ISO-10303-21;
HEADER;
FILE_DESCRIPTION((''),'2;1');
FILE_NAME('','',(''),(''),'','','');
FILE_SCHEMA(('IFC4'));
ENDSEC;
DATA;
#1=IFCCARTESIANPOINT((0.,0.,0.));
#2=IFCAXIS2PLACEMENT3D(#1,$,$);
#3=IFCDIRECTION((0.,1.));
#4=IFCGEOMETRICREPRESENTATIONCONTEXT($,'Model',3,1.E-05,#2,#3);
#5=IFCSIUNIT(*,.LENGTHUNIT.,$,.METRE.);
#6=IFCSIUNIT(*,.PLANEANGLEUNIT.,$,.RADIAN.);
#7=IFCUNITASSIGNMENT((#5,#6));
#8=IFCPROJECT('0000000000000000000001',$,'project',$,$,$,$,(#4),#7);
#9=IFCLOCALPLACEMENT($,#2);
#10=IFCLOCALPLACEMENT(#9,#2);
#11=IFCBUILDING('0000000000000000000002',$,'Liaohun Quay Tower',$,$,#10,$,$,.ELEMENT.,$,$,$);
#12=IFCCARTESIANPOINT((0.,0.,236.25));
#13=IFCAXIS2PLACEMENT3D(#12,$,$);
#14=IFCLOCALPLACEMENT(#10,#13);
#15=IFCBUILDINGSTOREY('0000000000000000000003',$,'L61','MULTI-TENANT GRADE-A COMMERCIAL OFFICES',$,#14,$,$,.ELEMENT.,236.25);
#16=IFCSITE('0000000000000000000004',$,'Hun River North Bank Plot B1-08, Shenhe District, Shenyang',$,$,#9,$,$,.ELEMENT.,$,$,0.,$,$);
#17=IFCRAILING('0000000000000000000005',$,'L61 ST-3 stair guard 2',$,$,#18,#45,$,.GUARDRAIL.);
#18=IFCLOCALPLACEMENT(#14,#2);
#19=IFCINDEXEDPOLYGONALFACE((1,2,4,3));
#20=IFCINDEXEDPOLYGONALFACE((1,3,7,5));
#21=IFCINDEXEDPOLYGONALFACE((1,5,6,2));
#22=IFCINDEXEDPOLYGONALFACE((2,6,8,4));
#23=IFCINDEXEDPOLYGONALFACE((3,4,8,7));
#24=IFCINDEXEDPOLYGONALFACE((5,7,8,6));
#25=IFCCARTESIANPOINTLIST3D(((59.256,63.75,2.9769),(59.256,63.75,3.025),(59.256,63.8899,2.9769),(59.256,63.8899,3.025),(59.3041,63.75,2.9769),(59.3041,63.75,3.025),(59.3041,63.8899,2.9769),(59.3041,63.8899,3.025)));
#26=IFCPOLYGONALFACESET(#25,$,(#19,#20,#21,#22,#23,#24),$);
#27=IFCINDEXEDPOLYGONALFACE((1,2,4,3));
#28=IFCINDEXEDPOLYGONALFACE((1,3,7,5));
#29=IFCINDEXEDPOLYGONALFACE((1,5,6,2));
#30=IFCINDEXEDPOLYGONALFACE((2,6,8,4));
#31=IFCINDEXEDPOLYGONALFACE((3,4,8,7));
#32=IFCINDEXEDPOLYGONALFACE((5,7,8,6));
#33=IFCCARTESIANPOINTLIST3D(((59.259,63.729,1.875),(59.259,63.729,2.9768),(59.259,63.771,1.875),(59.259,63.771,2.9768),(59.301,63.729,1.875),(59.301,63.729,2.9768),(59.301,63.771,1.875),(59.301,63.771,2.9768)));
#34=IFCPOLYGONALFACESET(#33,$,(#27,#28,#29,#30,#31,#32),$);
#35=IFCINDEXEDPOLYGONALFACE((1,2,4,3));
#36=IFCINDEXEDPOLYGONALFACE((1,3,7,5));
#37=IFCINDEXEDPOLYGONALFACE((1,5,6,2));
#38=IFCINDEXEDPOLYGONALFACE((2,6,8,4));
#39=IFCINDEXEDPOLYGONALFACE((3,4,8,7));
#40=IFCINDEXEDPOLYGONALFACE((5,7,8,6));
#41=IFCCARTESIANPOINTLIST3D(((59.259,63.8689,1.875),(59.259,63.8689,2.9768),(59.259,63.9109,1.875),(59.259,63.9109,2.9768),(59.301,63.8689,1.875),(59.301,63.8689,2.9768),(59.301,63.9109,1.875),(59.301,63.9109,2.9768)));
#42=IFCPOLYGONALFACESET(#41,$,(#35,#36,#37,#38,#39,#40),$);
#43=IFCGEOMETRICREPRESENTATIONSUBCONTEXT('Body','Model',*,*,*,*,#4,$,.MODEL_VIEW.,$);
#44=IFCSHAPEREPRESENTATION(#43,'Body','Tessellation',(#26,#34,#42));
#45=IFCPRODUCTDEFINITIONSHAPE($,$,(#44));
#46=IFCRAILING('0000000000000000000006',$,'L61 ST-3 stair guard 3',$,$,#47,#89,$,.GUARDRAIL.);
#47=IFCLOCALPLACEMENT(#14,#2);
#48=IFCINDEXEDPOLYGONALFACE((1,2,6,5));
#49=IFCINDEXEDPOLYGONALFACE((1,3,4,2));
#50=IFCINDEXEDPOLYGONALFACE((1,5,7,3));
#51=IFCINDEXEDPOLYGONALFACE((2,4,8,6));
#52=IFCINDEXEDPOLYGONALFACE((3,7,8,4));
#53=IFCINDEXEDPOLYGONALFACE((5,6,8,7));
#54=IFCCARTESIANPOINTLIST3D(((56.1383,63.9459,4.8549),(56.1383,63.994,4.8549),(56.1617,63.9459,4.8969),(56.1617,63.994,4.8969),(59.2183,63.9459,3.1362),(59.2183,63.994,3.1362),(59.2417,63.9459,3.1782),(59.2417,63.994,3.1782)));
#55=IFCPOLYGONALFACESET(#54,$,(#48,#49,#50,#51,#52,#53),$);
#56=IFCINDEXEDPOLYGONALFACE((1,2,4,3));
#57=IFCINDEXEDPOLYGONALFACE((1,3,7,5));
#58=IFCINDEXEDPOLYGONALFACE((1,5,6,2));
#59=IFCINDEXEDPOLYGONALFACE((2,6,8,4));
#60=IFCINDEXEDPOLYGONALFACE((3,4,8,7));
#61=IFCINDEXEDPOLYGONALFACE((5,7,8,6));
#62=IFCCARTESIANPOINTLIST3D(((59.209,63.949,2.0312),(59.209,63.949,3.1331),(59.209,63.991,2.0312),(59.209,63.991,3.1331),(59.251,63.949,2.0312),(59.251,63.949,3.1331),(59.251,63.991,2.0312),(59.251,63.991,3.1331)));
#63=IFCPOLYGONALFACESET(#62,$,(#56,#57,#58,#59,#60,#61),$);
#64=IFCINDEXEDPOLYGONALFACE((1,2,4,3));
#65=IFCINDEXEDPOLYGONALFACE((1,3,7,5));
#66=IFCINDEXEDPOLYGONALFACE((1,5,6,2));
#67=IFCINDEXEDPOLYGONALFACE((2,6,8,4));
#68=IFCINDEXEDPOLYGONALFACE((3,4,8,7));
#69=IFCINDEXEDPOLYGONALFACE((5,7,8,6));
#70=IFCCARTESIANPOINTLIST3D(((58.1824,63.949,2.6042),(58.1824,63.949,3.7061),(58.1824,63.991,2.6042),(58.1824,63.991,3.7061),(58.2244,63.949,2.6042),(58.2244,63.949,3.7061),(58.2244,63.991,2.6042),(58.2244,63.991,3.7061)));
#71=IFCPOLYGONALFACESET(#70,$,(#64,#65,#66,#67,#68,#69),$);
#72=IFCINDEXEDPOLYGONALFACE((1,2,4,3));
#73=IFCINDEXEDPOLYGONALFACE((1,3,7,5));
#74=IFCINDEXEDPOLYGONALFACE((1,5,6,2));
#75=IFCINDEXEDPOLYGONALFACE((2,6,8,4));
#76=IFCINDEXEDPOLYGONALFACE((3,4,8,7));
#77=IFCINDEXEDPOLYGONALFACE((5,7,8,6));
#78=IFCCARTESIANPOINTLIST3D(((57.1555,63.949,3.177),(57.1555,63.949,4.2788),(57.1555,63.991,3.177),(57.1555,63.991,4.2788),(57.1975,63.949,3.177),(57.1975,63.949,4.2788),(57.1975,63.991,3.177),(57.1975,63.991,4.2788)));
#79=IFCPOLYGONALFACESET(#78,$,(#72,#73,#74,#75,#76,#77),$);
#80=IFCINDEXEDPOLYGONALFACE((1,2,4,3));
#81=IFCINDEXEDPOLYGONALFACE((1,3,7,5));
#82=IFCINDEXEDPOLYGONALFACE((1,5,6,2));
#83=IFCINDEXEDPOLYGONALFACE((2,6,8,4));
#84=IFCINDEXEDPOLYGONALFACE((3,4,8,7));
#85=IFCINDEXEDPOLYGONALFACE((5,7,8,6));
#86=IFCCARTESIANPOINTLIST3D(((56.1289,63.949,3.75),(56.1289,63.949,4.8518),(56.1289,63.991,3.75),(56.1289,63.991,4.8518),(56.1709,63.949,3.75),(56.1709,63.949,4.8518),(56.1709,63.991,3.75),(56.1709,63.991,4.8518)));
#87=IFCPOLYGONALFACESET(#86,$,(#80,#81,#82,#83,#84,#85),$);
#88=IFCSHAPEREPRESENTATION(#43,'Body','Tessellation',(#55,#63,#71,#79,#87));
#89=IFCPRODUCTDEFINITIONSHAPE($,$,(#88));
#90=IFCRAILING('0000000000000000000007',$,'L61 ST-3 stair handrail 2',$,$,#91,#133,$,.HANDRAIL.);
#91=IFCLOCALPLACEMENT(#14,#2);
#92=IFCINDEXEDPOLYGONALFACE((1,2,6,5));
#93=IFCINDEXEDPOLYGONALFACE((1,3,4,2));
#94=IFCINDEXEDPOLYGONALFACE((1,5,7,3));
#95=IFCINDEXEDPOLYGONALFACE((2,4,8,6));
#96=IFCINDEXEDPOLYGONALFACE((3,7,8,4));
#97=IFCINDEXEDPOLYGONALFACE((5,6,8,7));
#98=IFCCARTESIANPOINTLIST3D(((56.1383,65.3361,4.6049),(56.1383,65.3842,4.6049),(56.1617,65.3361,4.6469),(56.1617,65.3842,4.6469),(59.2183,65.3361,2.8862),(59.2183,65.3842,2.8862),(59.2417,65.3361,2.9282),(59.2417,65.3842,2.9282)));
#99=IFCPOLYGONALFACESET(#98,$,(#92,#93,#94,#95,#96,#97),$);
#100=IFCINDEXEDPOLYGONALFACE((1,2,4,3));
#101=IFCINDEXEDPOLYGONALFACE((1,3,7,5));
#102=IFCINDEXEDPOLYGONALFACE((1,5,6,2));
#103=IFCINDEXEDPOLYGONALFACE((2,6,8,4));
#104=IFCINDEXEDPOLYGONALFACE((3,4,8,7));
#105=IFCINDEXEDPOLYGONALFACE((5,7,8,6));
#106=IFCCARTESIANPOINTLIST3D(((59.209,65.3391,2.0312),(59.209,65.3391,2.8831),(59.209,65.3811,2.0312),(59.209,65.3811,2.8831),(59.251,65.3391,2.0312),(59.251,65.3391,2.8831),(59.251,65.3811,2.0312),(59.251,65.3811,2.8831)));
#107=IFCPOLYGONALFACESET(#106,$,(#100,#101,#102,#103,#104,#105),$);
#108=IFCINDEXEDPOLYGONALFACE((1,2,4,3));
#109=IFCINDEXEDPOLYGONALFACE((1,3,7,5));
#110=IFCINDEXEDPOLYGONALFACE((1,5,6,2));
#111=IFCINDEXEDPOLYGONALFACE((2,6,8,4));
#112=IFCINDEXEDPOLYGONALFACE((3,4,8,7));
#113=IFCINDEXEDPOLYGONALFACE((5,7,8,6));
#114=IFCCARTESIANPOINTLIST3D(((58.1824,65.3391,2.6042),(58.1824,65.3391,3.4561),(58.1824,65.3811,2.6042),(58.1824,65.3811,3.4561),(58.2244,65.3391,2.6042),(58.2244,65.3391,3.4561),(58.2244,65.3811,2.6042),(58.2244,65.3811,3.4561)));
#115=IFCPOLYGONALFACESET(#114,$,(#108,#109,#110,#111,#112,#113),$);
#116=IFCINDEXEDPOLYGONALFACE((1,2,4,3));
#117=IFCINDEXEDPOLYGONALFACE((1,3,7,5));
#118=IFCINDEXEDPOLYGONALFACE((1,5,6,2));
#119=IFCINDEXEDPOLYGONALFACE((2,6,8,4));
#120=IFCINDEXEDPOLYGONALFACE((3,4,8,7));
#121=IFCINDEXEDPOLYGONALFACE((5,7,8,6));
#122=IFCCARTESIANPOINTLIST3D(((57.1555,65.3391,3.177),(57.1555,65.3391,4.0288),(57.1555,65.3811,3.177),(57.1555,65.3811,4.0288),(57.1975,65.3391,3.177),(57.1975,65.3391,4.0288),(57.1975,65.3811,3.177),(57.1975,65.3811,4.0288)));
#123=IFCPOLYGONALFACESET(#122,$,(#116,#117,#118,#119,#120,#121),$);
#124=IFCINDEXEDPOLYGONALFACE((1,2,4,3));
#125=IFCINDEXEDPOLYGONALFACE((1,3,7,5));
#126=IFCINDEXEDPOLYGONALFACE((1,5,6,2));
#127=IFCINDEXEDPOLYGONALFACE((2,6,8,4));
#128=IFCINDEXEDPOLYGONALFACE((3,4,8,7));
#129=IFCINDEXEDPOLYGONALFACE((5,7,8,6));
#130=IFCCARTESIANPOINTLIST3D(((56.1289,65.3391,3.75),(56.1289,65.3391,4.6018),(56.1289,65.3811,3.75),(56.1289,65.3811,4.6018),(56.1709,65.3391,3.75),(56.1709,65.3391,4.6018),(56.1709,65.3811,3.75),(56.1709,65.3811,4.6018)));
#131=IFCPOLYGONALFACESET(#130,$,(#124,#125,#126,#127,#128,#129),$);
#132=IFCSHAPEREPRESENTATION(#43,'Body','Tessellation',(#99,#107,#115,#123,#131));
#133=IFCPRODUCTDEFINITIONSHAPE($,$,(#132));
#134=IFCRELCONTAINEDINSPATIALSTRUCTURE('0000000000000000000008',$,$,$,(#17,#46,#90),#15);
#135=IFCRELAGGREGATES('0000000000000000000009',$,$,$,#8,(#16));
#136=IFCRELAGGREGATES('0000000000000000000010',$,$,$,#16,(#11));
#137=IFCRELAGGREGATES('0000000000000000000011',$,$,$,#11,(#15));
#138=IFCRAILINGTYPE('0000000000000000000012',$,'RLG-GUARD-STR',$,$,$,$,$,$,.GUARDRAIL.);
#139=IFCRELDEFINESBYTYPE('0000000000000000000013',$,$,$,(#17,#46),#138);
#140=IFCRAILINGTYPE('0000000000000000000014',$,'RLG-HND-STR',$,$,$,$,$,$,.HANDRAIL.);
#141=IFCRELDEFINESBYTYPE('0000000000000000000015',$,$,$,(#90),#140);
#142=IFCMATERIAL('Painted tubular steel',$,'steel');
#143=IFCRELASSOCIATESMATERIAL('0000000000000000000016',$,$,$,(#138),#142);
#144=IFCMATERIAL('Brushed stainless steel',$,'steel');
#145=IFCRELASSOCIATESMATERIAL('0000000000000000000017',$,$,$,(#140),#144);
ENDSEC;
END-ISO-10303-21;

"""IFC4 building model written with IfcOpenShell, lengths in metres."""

from ifc_helpers import new_model, si_unit, direction, frame, origin, origin_2d, place, context, subcontext, project, spatial, rectangle, extrude, material, type_object, element, save


model = new_model("IFC4")

# Units and contexts
model_context = context("Model", 3, precision=1e-05, world=origin(), true_north=direction((0.0, 1.0)))
body_context = subcontext(model_context, "Body", "Model", "MODEL_VIEW")
ifc_project = project(units=[si_unit("LENGTHUNIT", "METRE"), si_unit("PLANEANGLEUNIT", "RADIAN")], contexts=[model_context])

# Site, building, storey
site_placement = place(None, origin())
site = spatial("IfcSite", under=ifc_project, at=site_placement, Name="Hun River North Bank Plot B1-08, Shenhe District, Shenyang", CompositionType="ELEMENT", RefElevation=0.0)
building_placement = place(site_placement, origin())
building = spatial("IfcBuilding", under=site, at=building_placement, Name="Liaohun Quay Tower", CompositionType="ELEMENT")
storey_placement = place(building_placement, frame((0.0, 0.0, 236.25)))
storey = spatial("IfcBuildingStorey", under=building, at=storey_placement, Name="L61", Description="MULTI-TENANT GRADE-A COMMERCIAL OFFICES", CompositionType="ELEMENT", Elevation=236.25)

# Railings
ifc_material_1 = material(Name="Painted tubular steel", Category="steel")
railing_type_1 = type_object("IfcRailingType", Name="RLG-GUARD-STR", PredefinedType="GUARDRAIL", material=ifc_material_1)
railing_1_placement = place(storey_placement, frame((59.28, 63.75, 1.875)))
element("IfcRailing", 1, at=railing_1_placement, inside=storey, type_object=railing_type_1, Name="L61 ST-3 stair guard 2", PredefinedType="GUARDRAIL", context=body_context, shape_type="SweptSolid", body=[
    extrude(rectangle(XDim=0.0481, YDim=0.0481, at=origin_2d()), frame((0.0, 0.0, 1.126), z_axis=(0.0, 1.0, 0.0), x_axis=(-1.0, 0.0, 0.0)), (0.0, 0.0, 1.0), 0.1399),
    extrude(rectangle(XDim=0.042, YDim=0.042, at=origin_2d()), origin(), (0.0, 0.0, 1.0), 1.1018),
    extrude(rectangle(XDim=0.042, YDim=0.042, at=origin_2d()), frame((0.0, 0.1399, 0.0)), (0.0, 0.0, 1.0), 1.1018),
])
railing_2_placement = place(storey_placement, frame((59.23, 63.97, 2.0312)))
element("IfcRailing", 2, at=railing_2_placement, inside=storey, type_object=railing_type_1, Name="L61 ST-3 stair guard 3", PredefinedType="GUARDRAIL", context=body_context, shape_type="SweptSolid", body=[
    extrude(rectangle(XDim=0.0481, YDim=0.0481, at=origin_2d()), frame((0.0, 0.0, 1.126), z_axis=(-0.873242, 0.0, 0.487288), x_axis=(0.0, -1.0, 0.0)), (0.0, 0.0, 1.0), 3.5271),
    extrude(rectangle(XDim=0.042, YDim=0.042, at=origin_2d()), origin(), (0.0, 0.0, 1.0), 1.1018),
    extrude(rectangle(XDim=0.042, YDim=0.042, at=origin_2d()), frame((-1.0266, 0.0, 0.573)), (0.0, 0.0, 1.0), 1.1018),
    extrude(rectangle(XDim=0.042, YDim=0.042, at=origin_2d()), frame((-2.0535, 0.0, 1.1458)), (0.0, 0.0, 1.0), 1.1018),
    extrude(rectangle(XDim=0.042, YDim=0.042, at=origin_2d()), frame((-3.0801, 0.0, 1.7188)), (0.0, 0.0, 1.0), 1.1018),
])
ifc_material_2 = material(Name="Brushed stainless steel", Category="steel")
railing_type_2 = type_object("IfcRailingType", Name="RLG-HND-STR", PredefinedType="HANDRAIL", material=ifc_material_2)
railing_3_placement = place(storey_placement, frame((59.23, 65.3601, 2.0312)))
element("IfcRailing", 3, at=railing_3_placement, inside=storey, type_object=railing_type_2, Name="L61 ST-3 stair handrail 2", PredefinedType="HANDRAIL", context=body_context, shape_type="SweptSolid", body=[
    extrude(rectangle(XDim=0.0481, YDim=0.0481, at=origin_2d()), frame((0.0, 0.0, 0.876), z_axis=(-0.873242, 0.0, 0.487288), x_axis=(0.0, -1.0, 0.0)), (0.0, 0.0, 1.0), 3.5271),
    extrude(rectangle(XDim=0.042, YDim=0.042, at=origin_2d()), origin(), (0.0, 0.0, 1.0), 0.8518),
    extrude(rectangle(XDim=0.042, YDim=0.042, at=origin_2d()), frame((-1.0266, 0.0, 0.573)), (0.0, 0.0, 1.0), 0.8518),
    extrude(rectangle(XDim=0.042, YDim=0.042, at=origin_2d()), frame((-2.0535, 0.0, 1.1458)), (0.0, 0.0, 1.0), 0.8518),
    extrude(rectangle(XDim=0.042, YDim=0.042, at=origin_2d()), frame((-3.0801, 0.0, 1.7188)), (0.0, 0.0, 1.0), 0.8518),
])

save(model, "model.ifc")
